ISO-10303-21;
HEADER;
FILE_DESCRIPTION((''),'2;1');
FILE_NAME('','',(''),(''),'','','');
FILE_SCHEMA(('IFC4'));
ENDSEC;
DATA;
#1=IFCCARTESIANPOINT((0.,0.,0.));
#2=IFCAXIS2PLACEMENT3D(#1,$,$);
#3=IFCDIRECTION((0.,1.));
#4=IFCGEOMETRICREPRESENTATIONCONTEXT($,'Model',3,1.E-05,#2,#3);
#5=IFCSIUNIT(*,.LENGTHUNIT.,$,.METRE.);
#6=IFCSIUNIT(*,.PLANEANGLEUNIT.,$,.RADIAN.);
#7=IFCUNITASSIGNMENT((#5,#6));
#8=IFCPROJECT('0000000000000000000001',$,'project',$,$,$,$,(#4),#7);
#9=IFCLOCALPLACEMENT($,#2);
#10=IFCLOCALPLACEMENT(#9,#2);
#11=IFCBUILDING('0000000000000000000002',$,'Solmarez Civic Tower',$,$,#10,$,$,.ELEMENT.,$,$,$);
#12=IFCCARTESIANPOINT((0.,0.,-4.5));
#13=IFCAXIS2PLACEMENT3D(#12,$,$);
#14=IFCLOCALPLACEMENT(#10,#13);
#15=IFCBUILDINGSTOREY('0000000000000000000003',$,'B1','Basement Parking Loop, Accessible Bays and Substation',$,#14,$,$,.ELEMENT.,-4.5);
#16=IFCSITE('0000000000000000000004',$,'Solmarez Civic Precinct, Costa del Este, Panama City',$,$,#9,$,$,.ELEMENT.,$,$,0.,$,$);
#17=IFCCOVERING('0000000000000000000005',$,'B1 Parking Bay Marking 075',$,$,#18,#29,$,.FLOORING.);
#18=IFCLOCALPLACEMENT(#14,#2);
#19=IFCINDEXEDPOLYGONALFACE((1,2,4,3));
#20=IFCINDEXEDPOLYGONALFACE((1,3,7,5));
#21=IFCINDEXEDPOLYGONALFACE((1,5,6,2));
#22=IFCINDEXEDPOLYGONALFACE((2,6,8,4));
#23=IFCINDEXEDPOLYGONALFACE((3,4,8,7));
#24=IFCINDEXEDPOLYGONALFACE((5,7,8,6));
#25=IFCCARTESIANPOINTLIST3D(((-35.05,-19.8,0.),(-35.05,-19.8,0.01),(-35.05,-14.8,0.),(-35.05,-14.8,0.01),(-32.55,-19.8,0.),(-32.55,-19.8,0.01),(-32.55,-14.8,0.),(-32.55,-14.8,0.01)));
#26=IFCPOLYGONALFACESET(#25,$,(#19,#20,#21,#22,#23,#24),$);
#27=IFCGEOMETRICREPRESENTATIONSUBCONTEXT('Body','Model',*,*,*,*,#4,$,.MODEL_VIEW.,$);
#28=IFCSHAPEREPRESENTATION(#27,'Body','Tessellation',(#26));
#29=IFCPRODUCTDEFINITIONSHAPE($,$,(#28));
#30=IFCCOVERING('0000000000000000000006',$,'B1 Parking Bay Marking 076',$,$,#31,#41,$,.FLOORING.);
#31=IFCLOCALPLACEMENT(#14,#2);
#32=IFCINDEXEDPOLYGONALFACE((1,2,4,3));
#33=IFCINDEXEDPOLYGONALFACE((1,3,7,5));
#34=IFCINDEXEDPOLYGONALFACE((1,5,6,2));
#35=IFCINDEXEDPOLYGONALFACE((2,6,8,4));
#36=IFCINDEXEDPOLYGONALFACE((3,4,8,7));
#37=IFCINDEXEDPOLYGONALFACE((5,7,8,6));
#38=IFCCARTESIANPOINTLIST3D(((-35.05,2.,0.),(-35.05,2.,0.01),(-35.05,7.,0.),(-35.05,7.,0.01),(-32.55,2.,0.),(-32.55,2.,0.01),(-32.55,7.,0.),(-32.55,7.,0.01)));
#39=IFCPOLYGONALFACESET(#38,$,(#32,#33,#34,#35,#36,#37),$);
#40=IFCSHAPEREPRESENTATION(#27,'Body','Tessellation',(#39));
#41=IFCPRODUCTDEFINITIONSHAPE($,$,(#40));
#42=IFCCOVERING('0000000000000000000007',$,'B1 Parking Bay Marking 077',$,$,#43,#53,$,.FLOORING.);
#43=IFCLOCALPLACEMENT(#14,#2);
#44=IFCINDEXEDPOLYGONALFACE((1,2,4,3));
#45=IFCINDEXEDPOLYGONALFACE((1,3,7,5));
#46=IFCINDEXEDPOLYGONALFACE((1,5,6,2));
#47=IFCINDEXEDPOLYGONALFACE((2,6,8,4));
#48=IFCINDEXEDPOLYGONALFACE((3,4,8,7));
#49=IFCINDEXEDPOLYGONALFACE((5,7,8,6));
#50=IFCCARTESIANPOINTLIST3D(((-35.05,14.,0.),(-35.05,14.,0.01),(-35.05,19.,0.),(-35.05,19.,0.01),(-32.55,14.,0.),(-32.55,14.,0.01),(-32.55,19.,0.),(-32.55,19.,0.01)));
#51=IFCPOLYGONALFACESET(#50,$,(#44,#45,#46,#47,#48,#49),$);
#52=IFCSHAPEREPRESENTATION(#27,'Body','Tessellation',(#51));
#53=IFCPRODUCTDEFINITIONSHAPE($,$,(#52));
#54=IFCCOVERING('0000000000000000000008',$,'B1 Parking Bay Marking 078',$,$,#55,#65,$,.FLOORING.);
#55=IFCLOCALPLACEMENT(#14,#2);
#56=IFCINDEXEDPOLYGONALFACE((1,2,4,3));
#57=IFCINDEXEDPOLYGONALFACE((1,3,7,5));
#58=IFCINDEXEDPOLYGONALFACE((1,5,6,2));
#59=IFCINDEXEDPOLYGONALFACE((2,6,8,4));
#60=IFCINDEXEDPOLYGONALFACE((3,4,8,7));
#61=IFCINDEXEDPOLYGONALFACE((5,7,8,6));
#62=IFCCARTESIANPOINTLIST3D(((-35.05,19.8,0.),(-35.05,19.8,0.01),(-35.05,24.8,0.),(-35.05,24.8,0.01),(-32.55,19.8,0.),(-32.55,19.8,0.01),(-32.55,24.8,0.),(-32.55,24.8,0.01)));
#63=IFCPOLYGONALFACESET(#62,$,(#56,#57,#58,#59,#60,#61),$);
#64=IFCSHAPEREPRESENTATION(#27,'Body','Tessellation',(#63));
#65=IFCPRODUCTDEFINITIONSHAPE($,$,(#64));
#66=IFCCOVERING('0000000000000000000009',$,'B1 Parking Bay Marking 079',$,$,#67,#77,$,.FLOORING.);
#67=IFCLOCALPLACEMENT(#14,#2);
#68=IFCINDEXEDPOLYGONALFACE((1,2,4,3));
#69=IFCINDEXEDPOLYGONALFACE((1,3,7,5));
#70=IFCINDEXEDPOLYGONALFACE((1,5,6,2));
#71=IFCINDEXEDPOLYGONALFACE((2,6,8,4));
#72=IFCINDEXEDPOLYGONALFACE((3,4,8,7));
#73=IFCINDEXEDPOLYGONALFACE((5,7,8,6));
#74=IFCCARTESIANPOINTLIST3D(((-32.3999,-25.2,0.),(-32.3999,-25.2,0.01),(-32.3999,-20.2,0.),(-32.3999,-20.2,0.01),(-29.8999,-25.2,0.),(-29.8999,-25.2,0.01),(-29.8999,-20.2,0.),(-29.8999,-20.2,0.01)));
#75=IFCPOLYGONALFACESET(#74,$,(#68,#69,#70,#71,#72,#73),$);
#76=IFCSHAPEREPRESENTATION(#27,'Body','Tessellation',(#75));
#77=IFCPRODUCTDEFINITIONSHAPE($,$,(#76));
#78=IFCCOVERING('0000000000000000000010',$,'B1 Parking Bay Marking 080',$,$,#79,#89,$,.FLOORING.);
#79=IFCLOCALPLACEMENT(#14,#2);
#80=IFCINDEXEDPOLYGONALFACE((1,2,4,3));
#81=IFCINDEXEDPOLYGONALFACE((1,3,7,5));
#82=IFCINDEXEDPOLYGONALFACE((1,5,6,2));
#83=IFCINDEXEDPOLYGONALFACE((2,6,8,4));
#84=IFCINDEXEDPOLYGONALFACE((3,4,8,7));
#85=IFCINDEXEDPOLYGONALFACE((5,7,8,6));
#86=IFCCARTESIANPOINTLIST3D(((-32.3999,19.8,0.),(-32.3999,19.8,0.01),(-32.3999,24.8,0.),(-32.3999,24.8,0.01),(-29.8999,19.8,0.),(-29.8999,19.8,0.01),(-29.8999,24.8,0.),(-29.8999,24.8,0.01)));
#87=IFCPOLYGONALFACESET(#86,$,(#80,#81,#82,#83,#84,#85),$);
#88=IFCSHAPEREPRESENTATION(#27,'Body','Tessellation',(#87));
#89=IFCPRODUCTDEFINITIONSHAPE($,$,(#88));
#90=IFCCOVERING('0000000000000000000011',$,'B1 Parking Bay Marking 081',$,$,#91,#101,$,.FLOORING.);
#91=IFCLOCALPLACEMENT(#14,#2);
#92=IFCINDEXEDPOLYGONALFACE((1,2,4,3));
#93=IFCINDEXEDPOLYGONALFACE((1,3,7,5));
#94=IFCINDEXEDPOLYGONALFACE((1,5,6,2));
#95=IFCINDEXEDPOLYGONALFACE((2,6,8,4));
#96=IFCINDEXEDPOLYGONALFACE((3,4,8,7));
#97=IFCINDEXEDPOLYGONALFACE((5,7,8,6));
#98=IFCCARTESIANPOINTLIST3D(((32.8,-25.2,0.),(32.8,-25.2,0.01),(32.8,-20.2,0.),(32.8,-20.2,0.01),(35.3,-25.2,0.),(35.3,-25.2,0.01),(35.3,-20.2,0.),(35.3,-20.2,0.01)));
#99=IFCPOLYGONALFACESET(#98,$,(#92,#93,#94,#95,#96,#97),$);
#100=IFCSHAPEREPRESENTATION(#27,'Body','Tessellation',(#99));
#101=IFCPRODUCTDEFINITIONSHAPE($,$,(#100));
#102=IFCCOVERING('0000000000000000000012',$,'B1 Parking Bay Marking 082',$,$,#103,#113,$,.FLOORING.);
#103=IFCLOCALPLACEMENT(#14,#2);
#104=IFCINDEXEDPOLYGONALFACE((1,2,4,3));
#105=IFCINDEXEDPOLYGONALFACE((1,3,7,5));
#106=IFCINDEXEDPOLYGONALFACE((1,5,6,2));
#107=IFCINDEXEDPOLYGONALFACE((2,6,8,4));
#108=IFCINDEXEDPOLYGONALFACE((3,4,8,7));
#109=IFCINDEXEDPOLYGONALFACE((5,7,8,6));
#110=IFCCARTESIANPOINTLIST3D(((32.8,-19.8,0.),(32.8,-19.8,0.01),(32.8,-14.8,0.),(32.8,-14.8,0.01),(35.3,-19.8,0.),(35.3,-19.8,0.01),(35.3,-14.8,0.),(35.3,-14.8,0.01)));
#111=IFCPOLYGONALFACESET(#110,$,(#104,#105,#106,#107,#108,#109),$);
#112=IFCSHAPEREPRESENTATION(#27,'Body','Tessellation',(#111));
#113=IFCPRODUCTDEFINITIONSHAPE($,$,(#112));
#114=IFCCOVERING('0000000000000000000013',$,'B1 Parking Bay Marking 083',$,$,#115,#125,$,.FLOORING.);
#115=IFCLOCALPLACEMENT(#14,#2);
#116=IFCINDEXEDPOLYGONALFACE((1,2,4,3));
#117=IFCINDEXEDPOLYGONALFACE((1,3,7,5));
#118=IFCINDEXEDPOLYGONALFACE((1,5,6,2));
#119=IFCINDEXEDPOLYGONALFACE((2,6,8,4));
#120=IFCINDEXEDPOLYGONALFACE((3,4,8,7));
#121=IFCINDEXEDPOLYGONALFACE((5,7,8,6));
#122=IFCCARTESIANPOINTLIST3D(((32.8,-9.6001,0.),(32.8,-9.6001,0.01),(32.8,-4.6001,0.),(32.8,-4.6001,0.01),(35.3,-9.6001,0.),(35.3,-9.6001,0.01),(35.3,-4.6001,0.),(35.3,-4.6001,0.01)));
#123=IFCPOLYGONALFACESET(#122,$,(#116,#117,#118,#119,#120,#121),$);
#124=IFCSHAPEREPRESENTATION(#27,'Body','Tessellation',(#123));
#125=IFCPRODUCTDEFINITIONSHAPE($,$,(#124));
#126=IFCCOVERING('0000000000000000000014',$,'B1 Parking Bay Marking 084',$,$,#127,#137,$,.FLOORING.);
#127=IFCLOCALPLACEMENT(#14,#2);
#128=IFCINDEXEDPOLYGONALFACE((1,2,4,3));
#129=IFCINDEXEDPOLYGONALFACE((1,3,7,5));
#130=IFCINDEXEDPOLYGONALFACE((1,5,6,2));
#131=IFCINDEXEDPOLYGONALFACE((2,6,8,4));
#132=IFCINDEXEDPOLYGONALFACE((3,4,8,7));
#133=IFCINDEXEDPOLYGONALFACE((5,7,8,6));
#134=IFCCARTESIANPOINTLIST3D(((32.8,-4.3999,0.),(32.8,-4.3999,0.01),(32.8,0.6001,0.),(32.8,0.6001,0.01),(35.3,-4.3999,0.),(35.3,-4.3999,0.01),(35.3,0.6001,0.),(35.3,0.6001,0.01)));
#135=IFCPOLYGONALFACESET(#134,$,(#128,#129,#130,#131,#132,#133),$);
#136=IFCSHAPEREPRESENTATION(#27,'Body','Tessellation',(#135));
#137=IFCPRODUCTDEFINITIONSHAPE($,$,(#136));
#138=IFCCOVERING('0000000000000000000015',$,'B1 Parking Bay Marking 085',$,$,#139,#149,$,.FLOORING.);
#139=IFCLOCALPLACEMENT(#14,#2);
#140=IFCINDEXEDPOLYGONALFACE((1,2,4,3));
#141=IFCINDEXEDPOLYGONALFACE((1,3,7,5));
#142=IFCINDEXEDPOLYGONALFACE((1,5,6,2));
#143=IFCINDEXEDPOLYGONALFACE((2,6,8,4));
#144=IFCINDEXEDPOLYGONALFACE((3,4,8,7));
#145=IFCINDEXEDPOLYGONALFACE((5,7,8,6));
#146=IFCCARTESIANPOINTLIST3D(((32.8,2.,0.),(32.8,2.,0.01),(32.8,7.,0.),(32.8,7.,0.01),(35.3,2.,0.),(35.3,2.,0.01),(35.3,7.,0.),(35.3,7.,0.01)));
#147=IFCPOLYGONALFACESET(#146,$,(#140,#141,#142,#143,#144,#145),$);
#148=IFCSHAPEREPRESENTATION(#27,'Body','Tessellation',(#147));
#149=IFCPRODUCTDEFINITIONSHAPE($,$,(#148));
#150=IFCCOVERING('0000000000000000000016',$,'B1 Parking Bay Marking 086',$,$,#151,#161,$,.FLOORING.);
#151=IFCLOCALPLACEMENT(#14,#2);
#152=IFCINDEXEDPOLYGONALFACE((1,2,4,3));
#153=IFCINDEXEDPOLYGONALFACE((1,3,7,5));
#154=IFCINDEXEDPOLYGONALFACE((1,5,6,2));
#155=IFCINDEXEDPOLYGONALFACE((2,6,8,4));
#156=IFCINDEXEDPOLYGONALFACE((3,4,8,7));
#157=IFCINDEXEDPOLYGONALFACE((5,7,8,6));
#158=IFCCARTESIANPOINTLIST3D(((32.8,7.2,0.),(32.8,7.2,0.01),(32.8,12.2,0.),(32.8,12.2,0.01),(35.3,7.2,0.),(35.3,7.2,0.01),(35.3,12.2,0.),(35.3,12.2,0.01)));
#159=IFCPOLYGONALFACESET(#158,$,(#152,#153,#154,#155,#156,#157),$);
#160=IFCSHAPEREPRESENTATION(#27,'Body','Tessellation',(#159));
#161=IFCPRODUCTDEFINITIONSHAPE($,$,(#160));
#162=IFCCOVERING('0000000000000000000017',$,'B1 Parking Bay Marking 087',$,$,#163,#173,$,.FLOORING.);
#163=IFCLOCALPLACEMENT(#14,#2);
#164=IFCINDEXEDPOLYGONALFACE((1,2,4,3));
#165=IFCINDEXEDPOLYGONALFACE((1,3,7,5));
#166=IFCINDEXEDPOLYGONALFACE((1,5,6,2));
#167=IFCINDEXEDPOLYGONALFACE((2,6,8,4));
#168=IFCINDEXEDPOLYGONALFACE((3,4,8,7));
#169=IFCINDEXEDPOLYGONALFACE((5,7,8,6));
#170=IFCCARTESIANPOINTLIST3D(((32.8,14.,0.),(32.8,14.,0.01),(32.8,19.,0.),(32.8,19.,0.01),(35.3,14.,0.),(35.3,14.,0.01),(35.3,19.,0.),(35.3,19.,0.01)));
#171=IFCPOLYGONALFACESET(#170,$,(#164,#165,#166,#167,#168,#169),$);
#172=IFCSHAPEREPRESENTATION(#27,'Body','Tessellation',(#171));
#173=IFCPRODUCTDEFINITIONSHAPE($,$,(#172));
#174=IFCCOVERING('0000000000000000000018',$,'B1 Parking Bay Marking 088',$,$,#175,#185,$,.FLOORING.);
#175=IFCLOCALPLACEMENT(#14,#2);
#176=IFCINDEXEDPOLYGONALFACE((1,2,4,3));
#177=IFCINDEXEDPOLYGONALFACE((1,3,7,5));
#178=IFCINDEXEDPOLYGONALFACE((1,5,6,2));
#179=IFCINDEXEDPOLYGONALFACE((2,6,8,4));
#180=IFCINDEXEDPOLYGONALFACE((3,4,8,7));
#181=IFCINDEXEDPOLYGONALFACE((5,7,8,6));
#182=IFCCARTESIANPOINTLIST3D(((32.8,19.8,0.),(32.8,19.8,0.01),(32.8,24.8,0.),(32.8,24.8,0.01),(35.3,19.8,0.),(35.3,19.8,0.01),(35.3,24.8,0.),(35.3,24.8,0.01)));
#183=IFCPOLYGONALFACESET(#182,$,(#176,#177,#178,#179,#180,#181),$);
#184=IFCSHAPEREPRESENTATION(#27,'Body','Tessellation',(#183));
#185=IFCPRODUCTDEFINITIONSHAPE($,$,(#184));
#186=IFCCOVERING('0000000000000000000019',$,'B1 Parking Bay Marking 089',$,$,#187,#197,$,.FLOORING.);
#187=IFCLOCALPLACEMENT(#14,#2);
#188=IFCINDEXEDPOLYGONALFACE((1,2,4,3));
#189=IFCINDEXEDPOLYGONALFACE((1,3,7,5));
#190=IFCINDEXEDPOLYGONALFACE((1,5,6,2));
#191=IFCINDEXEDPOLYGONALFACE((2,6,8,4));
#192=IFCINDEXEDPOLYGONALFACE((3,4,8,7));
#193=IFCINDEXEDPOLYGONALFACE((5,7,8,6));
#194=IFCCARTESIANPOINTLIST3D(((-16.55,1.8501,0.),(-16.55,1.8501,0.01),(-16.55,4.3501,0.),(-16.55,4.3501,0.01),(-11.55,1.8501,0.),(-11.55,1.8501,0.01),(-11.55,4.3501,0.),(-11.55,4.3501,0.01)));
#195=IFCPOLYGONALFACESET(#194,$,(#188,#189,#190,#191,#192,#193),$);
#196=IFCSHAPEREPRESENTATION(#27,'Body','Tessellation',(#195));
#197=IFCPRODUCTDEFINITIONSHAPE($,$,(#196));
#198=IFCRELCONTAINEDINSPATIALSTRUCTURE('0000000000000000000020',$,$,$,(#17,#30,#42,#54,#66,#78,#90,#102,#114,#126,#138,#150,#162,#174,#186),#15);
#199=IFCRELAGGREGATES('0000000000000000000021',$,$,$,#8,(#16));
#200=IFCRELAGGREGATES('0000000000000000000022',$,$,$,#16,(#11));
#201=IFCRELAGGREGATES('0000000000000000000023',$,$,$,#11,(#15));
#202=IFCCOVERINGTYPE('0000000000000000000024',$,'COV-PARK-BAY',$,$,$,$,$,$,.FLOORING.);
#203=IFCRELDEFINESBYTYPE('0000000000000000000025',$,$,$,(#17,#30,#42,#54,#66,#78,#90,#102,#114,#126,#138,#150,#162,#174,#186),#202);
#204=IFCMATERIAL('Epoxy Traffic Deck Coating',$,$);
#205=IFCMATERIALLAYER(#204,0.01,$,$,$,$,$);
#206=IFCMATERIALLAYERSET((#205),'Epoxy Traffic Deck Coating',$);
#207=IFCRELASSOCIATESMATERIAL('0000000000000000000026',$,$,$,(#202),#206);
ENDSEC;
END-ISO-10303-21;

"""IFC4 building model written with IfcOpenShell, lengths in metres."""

from ifc_helpers import new_model, si_unit, direction, frame, origin, place, context, subcontext, project, spatial, polyline, outline, extrude, material, layer, layer_set, type_object, element, save


model = new_model("IFC4")

# Units and contexts
model_context = context("Model", 3, precision=1e-05, world=origin(), true_north=direction((0.0, 1.0)))
body_context = subcontext(model_context, "Body", "Model", "MODEL_VIEW")
ifc_project = project(units=[si_unit("LENGTHUNIT", "METRE"), si_unit("PLANEANGLEUNIT", "RADIAN")], contexts=[model_context])

# Site, building, storey
site_placement = place(None, origin())
site = spatial("IfcSite", under=ifc_project, at=site_placement, Name="Solmarez Civic Precinct, Costa del Este, Panama City", CompositionType="ELEMENT", RefElevation=0.0)
building_placement = place(site_placement, origin())
building = spatial("IfcBuilding", under=site, at=building_placement, Name="Solmarez Civic Tower", CompositionType="ELEMENT")
storey_placement = place(building_placement, frame((0.0, 0.0, -4.5)))
storey = spatial("IfcBuildingStorey", under=building, at=storey_placement, Name="B1", Description="Basement Parking Loop, Accessible Bays and Substation", CompositionType="ELEMENT", Elevation=-4.5)

# Coverings
ifc_material = material(Name="Epoxy Traffic Deck Coating")
ifc_layer = layer(ifc_material, 0.01)
ifc_layer_set = layer_set([ifc_layer], Name="Epoxy Traffic Deck Coating")
covering_type = type_object("IfcCoveringType", Name="COV-PARK-BAY", PredefinedType="FLOORING", material=ifc_layer_set)
covering_1_placement = place(storey_placement, origin())
element("IfcCovering", 1, at=covering_1_placement, inside=storey, type_object=covering_type, Name="B1 Parking Bay Marking 075", PredefinedType="FLOORING", context=body_context, shape_type="SweptSolid", body=[
    extrude(outline(polyline([(-35.05, -19.8), (-32.55, -19.8), (-32.55, -14.8), (-35.05, -14.8), (-35.05, -19.8)])), origin(), (0.0, 0.0, 1.0), 0.01),
])
covering_2_placement = place(storey_placement, origin())
element("IfcCovering", 2, at=covering_2_placement, inside=storey, type_object=covering_type, Name="B1 Parking Bay Marking 076", PredefinedType="FLOORING", context=body_context, shape_type="SweptSolid", body=[
    extrude(outline(polyline([(-35.05, 2.0), (-32.55, 2.0), (-32.55, 7.0), (-35.05, 7.0), (-35.05, 2.0)])), origin(), (0.0, 0.0, 1.0), 0.01),
])
covering_3_placement = place(storey_placement, origin())
element("IfcCovering", 3, at=covering_3_placement, inside=storey, type_object=covering_type, Name="B1 Parking Bay Marking 077", PredefinedType="FLOORING", context=body_context, shape_type="SweptSolid", body=[
    extrude(outline(polyline([(-35.05, 14.0), (-32.55, 14.0), (-32.55, 19.0), (-35.05, 19.0), (-35.05, 14.0)])), origin(), (0.0, 0.0, 1.0), 0.01),
])
covering_4_placement = place(storey_placement, origin())
element("IfcCovering", 4, at=covering_4_placement, inside=storey, type_object=covering_type, Name="B1 Parking Bay Marking 078", PredefinedType="FLOORING", context=body_context, shape_type="SweptSolid", body=[
    extrude(outline(polyline([(-35.05, 19.8), (-32.55, 19.8), (-32.55, 24.8), (-35.05, 24.8), (-35.05, 19.8)])), origin(), (0.0, 0.0, 1.0), 0.01),
])
covering_5_placement = place(storey_placement, origin())
element("IfcCovering", 5, at=covering_5_placement, inside=storey, type_object=covering_type, Name="B1 Parking Bay Marking 079", PredefinedType="FLOORING", context=body_context, shape_type="SweptSolid", body=[
    extrude(outline(polyline([(-32.3999, -25.2), (-29.8999, -25.2), (-29.8999, -20.2), (-32.3999, -20.2), (-32.3999, -25.2)])), origin(), (0.0, 0.0, 1.0), 0.01),
])
covering_6_placement = place(storey_placement, origin())
element("IfcCovering", 6, at=covering_6_placement, inside=storey, type_object=covering_type, Name="B1 Parking Bay Marking 080", PredefinedType="FLOORING", context=body_context, shape_type="SweptSolid", body=[
    extrude(outline(polyline([(-32.3999, 19.8), (-29.8999, 19.8), (-29.8999, 24.8), (-32.3999, 24.8), (-32.3999, 19.8)])), origin(), (0.0, 0.0, 1.0), 0.01),
])
covering_7_placement = place(storey_placement, origin())
element("IfcCovering", 7, at=covering_7_placement, inside=storey, type_object=covering_type, Name="B1 Parking Bay Marking 081", PredefinedType="FLOORING", context=body_context, shape_type="SweptSolid", body=[
    extrude(outline(polyline([(32.8, -25.2), (35.3, -25.2), (35.3, -20.2), (32.8, -20.2), (32.8, -25.2)])), origin(), (0.0, 0.0, 1.0), 0.01),
])
covering_8_placement = place(storey_placement, origin())
element("IfcCovering", 8, at=covering_8_placement, inside=storey, type_object=covering_type, Name="B1 Parking Bay Marking 082", PredefinedType="FLOORING", context=body_context, shape_type="SweptSolid", body=[
    extrude(outline(polyline([(32.8, -19.8), (35.3, -19.8), (35.3, -14.8), (32.8, -14.8), (32.8, -19.8)])), origin(), (0.0, 0.0, 1.0), 0.01),
])
covering_9_placement = place(storey_placement, origin())
element("IfcCovering", 9, at=covering_9_placement, inside=storey, type_object=covering_type, Name="B1 Parking Bay Marking 083", PredefinedType="FLOORING", context=body_context, shape_type="SweptSolid", body=[
    extrude(outline(polyline([(32.8, -9.6001), (35.3, -9.6001), (35.3, -4.6001), (32.8, -4.6001), (32.8, -9.6001)])), origin(), (0.0, 0.0, 1.0), 0.01),
])
covering_10_placement = place(storey_placement, origin())
element("IfcCovering", 10, at=covering_10_placement, inside=storey, type_object=covering_type, Name="B1 Parking Bay Marking 084", PredefinedType="FLOORING", context=body_context, shape_type="SweptSolid", body=[
    extrude(outline(polyline([(32.8, -4.3999), (35.3, -4.3999), (35.3, 0.6001), (32.8, 0.6001), (32.8, -4.3999)])), origin(), (0.0, 0.0, 1.0), 0.01),
])
covering_11_placement = place(storey_placement, origin())
element("IfcCovering", 11, at=covering_11_placement, inside=storey, type_object=covering_type, Name="B1 Parking Bay Marking 085", PredefinedType="FLOORING", context=body_context, shape_type="SweptSolid", body=[
    extrude(outline(polyline([(32.8, 2.0), (35.3, 2.0), (35.3, 7.0), (32.8, 7.0), (32.8, 2.0)])), origin(), (0.0, 0.0, 1.0), 0.01),
])
covering_12_placement = place(storey_placement, origin())
element("IfcCovering", 12, at=covering_12_placement, inside=storey, type_object=covering_type, Name="B1 Parking Bay Marking 086", PredefinedType="FLOORING", context=body_context, shape_type="SweptSolid", body=[
    extrude(outline(polyline([(32.8, 7.2), (35.3, 7.2), (35.3, 12.2), (32.8, 12.2), (32.8, 7.2)])), origin(), (0.0, 0.0, 1.0), 0.01),
])
covering_13_placement = place(storey_placement, origin())
element("IfcCovering", 13, at=covering_13_placement, inside=storey, type_object=covering_type, Name="B1 Parking Bay Marking 087", PredefinedType="FLOORING", context=body_context, shape_type="SweptSolid", body=[
    extrude(outline(polyline([(32.8, 14.0), (35.3, 14.0), (35.3, 19.0), (32.8, 19.0), (32.8, 14.0)])), origin(), (0.0, 0.0, 1.0), 0.01),
])
covering_14_placement = place(storey_placement, origin())
element("IfcCovering", 14, at=covering_14_placement, inside=storey, type_object=covering_type, Name="B1 Parking Bay Marking 088", PredefinedType="FLOORING", context=body_context, shape_type="SweptSolid", body=[
    extrude(outline(polyline([(32.8, 19.8), (35.3, 19.8), (35.3, 24.8), (32.8, 24.8), (32.8, 19.8)])), origin(), (0.0, 0.0, 1.0), 0.01),
])
covering_15_placement = place(storey_placement, origin())
element("IfcCovering", 15, at=covering_15_placement, inside=storey, type_object=covering_type, Name="B1 Parking Bay Marking 089", PredefinedType="FLOORING", context=body_context, shape_type="SweptSolid", body=[
    extrude(outline(polyline([(-16.55, 1.8501), (-11.55, 1.8501), (-11.55, 4.3501), (-16.55, 4.3501), (-16.55, 1.8501)])), origin(), (0.0, 0.0, 1.0), 0.01),
])

save(model, "model.ifc")
